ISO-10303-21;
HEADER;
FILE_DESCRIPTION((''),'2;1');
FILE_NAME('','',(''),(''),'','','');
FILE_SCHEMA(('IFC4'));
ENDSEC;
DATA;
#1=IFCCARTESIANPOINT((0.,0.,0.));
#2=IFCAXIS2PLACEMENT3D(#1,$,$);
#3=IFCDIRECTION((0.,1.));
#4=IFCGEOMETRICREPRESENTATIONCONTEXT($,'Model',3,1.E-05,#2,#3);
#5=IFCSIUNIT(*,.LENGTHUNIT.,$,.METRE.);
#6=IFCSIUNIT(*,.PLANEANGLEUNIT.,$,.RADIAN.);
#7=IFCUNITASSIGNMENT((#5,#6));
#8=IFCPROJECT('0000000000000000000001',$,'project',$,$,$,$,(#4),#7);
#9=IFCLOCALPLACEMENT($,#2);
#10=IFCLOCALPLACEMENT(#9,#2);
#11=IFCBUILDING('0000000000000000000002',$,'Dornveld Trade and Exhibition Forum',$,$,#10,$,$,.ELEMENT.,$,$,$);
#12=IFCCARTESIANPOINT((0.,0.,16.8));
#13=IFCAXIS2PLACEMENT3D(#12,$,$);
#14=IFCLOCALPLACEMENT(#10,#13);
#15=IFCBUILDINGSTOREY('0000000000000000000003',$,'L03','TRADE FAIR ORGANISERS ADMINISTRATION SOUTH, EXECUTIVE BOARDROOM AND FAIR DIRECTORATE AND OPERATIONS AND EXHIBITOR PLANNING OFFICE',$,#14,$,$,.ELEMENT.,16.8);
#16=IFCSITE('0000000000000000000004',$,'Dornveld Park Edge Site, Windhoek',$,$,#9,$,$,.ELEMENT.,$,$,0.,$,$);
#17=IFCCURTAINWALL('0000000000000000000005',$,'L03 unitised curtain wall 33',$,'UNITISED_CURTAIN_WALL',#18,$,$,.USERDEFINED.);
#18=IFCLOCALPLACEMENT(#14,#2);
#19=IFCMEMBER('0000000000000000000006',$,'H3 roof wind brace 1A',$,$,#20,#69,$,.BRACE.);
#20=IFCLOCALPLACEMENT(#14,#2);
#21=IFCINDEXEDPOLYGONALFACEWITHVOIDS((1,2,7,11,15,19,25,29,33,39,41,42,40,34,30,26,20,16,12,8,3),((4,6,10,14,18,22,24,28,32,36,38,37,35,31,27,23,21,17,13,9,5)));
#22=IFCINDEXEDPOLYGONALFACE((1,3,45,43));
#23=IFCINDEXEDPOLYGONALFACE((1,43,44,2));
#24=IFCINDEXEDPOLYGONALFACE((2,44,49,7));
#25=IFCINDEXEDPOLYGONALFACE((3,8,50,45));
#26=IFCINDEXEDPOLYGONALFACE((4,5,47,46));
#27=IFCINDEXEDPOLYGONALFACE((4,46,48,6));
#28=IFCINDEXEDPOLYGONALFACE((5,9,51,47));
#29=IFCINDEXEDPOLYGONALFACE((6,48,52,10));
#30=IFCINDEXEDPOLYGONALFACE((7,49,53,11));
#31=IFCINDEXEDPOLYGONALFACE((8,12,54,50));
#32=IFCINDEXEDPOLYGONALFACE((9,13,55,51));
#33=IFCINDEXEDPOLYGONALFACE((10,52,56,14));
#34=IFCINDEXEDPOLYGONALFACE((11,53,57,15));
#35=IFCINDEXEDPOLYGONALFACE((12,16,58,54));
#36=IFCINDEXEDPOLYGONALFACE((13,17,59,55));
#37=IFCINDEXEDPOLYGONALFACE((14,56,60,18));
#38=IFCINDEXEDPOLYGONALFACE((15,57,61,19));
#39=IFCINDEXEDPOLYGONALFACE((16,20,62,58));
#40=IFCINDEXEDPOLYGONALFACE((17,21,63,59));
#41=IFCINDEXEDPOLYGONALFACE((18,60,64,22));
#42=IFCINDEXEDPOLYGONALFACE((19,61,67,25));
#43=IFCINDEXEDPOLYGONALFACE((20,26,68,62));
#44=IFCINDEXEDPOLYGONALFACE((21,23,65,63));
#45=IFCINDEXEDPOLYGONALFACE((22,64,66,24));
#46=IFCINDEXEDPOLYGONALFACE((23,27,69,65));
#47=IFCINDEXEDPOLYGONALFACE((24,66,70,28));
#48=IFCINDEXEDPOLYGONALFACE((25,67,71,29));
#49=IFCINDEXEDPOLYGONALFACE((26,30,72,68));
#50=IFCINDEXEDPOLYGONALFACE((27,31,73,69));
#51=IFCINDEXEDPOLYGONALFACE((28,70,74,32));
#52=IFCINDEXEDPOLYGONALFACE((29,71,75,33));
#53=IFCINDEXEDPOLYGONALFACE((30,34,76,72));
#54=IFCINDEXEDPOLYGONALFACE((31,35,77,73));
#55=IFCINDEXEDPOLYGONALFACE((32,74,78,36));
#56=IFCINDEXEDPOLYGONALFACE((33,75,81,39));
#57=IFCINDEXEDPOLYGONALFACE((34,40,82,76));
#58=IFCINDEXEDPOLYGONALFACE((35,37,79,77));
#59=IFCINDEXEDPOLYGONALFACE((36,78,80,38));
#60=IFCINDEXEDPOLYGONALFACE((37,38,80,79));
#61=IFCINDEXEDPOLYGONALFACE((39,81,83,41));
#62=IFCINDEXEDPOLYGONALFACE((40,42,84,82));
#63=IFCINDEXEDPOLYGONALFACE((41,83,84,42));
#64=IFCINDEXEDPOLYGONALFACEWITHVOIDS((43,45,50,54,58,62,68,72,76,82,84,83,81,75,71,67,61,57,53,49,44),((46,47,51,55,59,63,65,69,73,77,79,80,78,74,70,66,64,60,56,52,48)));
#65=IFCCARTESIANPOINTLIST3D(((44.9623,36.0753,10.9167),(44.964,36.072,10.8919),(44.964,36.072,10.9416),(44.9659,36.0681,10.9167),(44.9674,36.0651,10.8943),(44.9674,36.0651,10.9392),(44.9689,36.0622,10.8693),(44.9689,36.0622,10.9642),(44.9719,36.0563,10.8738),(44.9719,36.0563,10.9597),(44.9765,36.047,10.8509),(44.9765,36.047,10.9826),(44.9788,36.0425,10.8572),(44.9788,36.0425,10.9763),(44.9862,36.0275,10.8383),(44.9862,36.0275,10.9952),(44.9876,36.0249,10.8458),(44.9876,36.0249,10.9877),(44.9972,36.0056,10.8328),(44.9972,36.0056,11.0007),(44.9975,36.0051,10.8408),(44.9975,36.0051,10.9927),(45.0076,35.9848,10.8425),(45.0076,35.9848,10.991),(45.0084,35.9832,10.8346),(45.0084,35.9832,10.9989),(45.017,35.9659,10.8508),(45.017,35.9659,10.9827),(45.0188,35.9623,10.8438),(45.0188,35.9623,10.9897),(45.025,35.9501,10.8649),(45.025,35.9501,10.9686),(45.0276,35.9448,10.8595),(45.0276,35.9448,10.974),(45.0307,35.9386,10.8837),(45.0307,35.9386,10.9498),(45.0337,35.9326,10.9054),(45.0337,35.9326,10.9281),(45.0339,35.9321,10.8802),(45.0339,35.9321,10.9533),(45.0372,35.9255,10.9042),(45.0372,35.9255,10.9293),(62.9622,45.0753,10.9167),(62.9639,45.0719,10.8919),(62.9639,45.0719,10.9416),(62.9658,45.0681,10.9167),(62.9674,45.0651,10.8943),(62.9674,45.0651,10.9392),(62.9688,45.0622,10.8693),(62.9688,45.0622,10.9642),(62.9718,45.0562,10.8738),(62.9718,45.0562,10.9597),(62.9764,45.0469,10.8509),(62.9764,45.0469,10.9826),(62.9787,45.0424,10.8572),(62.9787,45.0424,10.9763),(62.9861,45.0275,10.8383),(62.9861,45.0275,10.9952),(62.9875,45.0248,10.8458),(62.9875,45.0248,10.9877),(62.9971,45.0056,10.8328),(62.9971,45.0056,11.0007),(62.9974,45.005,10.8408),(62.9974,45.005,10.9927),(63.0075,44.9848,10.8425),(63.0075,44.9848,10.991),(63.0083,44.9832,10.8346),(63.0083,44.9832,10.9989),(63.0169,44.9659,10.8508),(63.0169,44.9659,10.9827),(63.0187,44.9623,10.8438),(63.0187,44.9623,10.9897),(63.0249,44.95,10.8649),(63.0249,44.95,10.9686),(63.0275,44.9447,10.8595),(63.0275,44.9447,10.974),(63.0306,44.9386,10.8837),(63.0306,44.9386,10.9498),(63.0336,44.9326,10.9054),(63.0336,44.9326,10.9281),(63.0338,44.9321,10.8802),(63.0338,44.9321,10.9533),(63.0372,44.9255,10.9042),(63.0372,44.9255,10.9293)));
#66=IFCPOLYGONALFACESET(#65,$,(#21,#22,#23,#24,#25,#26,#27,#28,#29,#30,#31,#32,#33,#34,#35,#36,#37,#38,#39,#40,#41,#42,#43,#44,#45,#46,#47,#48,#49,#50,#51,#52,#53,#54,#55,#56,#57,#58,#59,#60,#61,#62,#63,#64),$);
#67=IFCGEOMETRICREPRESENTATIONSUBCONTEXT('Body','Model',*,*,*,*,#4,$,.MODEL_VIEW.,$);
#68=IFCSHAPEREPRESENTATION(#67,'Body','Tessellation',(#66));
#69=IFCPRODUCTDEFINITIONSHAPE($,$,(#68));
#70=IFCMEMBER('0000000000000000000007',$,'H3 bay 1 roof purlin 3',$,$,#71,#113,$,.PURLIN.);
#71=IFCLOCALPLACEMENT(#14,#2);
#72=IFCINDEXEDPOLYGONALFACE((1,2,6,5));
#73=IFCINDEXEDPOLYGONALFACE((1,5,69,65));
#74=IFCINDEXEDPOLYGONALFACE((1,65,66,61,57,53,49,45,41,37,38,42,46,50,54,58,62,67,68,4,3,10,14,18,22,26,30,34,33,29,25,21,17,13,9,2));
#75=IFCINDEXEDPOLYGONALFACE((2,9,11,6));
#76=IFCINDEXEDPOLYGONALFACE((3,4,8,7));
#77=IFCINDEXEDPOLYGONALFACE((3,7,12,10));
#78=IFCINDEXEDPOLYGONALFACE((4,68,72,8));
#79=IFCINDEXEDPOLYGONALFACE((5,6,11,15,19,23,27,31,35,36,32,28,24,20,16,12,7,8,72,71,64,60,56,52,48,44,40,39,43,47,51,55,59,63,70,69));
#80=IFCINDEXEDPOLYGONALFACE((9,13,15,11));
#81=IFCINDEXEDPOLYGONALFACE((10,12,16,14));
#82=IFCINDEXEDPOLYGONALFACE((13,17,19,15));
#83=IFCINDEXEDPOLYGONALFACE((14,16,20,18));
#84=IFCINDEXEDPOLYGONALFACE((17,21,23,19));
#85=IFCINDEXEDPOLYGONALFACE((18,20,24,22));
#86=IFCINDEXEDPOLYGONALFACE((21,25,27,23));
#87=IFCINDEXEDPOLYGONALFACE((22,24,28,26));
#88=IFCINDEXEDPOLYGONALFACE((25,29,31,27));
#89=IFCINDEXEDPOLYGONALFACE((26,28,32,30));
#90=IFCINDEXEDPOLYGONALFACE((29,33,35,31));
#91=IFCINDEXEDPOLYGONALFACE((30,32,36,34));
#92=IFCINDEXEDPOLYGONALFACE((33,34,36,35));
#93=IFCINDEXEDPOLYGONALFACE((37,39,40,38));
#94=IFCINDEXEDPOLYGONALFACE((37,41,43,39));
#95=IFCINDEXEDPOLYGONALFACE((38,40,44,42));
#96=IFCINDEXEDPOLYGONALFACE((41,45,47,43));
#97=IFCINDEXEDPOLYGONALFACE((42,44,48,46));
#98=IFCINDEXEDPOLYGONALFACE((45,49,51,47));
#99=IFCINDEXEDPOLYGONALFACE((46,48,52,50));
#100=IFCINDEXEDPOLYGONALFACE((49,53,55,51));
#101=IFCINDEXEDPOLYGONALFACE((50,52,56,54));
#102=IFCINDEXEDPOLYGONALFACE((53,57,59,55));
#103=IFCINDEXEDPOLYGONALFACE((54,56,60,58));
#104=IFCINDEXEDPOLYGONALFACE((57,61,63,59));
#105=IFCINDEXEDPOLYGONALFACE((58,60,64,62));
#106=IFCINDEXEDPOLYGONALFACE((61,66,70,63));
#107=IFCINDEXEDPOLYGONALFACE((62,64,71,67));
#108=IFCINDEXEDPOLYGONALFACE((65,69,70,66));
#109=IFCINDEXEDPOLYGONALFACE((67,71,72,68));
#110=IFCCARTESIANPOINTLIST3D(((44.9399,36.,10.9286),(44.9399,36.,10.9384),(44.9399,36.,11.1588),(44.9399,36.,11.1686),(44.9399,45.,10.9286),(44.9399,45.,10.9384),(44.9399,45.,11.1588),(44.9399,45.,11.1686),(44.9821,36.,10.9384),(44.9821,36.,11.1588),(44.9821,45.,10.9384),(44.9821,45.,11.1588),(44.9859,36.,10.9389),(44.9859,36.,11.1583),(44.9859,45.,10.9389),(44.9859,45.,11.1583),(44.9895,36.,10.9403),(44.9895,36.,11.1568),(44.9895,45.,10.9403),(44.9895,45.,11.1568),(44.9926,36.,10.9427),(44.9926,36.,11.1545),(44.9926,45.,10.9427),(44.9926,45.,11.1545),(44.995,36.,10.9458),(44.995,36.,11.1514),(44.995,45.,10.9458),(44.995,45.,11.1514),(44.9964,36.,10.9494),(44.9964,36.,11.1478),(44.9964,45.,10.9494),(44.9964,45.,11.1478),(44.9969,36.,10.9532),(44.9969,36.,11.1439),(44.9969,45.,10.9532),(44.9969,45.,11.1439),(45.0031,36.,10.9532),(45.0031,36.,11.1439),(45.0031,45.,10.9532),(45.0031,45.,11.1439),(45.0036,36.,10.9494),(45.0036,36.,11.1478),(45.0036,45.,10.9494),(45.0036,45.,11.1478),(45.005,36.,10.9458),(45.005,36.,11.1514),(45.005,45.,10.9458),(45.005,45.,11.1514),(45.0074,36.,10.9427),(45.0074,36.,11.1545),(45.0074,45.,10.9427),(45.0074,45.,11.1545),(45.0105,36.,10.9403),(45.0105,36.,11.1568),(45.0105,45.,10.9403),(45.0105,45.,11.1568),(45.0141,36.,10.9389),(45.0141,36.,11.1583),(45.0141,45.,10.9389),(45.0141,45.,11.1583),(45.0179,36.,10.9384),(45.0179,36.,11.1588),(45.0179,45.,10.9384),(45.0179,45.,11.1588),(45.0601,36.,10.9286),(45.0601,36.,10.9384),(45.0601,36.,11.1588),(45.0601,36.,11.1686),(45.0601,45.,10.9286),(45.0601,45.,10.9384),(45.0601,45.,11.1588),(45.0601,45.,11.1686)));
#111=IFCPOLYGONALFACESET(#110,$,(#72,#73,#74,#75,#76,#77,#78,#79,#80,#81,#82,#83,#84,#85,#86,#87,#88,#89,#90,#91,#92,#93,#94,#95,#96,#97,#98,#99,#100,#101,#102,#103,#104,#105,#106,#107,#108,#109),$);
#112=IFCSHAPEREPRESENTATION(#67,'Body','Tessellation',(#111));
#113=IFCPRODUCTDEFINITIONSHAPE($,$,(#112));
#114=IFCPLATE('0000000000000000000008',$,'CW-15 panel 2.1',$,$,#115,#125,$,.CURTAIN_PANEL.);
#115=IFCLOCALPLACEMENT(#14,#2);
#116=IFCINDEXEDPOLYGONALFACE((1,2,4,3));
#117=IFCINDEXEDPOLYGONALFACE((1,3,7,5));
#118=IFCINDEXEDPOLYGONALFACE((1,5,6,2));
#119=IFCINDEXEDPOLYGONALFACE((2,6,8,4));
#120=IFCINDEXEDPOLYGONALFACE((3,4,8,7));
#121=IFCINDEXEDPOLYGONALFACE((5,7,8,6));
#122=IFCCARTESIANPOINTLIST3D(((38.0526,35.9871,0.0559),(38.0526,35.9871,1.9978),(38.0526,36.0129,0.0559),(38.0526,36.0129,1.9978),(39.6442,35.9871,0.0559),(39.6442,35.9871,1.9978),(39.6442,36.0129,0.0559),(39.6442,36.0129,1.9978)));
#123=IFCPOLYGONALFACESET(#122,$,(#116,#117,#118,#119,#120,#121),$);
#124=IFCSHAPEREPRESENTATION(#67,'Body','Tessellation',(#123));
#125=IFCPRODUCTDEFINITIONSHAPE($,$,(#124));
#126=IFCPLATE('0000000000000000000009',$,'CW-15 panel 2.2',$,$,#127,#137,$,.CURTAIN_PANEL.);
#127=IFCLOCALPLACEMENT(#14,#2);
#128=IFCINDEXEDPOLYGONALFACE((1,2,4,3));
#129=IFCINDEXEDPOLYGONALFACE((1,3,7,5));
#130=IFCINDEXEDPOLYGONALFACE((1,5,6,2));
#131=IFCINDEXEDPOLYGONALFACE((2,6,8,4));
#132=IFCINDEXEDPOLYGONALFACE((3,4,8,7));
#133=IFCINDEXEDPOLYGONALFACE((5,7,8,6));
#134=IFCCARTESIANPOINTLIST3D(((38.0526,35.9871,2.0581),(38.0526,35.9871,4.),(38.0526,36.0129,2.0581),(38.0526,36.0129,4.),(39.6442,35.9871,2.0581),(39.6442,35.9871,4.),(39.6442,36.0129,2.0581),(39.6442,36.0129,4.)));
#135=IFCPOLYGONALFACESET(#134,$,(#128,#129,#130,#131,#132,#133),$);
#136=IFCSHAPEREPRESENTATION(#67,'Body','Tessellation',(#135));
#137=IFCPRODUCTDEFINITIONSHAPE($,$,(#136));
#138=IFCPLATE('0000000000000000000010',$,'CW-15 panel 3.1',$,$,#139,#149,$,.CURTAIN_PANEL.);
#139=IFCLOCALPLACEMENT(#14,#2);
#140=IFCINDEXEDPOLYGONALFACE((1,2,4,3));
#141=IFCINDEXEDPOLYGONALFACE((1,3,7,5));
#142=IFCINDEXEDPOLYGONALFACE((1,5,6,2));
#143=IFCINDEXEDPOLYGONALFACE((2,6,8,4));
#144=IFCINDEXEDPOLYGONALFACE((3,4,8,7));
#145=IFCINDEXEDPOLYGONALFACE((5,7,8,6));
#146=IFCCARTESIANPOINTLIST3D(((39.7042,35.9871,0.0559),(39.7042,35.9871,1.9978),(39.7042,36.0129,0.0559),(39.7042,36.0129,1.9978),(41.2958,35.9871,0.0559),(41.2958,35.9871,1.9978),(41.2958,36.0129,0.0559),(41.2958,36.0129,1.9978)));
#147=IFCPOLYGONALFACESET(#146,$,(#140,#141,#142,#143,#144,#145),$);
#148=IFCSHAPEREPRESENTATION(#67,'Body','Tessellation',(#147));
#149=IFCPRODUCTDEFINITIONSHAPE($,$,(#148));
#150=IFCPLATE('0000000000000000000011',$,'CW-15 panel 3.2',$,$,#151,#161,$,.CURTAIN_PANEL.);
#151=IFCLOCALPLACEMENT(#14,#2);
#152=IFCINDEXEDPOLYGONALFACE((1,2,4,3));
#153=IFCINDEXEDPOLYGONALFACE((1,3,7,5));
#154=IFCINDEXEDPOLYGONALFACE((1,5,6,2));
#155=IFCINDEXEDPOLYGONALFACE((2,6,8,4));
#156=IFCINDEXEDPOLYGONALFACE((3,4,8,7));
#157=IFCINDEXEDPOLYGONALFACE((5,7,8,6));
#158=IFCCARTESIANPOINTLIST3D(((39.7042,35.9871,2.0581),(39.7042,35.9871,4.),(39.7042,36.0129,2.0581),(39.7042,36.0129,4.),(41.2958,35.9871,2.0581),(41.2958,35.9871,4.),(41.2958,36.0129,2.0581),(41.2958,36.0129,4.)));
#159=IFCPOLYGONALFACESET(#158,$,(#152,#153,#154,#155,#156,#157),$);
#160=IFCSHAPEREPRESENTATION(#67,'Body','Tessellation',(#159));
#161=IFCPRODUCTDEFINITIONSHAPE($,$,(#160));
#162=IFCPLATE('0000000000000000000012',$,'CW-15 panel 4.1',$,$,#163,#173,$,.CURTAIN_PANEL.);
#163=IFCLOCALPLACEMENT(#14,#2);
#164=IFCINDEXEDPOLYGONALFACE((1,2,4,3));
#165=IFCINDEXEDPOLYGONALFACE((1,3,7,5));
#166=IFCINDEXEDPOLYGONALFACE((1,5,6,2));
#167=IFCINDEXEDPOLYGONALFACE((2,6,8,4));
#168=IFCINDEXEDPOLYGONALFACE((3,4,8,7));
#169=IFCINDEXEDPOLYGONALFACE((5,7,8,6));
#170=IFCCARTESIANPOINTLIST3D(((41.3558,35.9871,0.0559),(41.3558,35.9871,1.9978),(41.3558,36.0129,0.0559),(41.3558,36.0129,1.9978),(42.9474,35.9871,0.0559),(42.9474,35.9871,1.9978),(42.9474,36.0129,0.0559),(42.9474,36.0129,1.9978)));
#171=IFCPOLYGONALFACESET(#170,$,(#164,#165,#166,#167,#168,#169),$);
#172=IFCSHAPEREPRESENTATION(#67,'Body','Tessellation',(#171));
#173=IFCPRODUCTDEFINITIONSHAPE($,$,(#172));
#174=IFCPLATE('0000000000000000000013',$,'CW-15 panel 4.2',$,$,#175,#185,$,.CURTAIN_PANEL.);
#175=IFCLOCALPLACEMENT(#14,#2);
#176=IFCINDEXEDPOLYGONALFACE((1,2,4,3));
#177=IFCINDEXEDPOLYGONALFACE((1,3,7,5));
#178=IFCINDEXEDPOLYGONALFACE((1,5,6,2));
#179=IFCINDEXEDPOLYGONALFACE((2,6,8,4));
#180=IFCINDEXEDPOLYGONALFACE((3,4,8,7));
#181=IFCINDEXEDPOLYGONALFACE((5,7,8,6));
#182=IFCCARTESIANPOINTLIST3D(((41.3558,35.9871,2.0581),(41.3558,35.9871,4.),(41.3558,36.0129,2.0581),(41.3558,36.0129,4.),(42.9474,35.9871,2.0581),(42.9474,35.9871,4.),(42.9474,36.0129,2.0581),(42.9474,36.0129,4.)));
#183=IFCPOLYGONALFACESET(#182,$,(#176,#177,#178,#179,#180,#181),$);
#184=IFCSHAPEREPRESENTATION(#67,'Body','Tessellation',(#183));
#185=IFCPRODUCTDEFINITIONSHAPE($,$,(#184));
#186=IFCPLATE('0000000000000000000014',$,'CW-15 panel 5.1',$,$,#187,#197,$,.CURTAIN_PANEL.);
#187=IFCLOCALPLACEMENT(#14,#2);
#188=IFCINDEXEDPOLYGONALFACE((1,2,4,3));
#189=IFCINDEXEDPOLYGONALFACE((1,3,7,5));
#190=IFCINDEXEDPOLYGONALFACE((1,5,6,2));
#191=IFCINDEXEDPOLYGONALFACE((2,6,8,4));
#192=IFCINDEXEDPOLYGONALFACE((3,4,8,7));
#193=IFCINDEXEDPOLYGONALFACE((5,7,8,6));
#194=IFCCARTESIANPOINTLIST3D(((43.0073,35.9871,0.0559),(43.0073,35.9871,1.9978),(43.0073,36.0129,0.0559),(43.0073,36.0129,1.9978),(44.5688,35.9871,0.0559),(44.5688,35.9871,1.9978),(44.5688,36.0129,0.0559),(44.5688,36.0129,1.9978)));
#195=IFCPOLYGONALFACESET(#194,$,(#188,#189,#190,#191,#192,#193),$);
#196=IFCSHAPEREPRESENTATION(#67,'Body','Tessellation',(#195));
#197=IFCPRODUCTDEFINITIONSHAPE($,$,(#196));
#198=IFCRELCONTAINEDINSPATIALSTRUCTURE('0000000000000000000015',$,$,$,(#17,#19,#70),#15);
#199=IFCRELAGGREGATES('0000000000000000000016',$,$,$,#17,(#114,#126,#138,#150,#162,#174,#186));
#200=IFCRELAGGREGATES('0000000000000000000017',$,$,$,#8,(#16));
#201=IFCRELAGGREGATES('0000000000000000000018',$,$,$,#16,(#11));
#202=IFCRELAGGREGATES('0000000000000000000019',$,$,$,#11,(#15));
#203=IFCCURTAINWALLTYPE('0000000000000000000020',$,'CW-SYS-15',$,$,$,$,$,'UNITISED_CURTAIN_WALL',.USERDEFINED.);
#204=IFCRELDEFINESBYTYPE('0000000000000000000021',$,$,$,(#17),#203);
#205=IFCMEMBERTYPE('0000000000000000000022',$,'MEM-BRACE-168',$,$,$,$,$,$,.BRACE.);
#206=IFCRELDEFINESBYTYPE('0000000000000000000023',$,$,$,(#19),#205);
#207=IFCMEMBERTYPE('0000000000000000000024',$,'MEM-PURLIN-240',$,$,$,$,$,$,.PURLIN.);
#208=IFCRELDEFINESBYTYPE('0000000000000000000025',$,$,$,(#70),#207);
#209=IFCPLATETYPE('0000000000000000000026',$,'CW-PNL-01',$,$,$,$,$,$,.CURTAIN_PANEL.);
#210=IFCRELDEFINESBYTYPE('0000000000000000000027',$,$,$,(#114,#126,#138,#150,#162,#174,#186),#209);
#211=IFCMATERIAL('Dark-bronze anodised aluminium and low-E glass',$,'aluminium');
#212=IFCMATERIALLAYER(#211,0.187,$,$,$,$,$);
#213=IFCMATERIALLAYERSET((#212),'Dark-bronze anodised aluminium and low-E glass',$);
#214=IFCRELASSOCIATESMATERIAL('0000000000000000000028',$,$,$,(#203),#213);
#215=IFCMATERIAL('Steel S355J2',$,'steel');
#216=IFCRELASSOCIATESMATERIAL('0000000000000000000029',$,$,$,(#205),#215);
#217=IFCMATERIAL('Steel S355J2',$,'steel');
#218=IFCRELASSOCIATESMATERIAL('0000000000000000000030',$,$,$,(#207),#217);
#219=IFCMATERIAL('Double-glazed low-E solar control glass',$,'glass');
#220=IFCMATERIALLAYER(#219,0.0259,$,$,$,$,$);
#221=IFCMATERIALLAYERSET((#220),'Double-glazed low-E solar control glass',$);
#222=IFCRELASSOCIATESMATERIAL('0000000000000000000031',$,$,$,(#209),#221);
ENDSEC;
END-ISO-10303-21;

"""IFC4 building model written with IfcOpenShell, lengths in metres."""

from ifc_helpers import new_model, si_unit, direction, frame, origin, origin_2d, place, context, subcontext, project, spatial, rectangle, hollow_circle, i_section, extrude, material, layer, layer_set, material_profile, profile_set, type_object, element, aggregate, save


model = new_model("IFC4")

# Units and contexts
model_context = context("Model", 3, precision=1e-05, world=origin(), true_north=direction((0.0, 1.0)))
body_context = subcontext(model_context, "Body", "Model", "MODEL_VIEW")
ifc_project = project(units=[si_unit("LENGTHUNIT", "METRE"), si_unit("PLANEANGLEUNIT", "RADIAN")], contexts=[model_context])

# Site, building, storey
site_placement = place(None, origin())
site = spatial("IfcSite", under=ifc_project, at=site_placement, Name="Dornveld Park Edge Site, Windhoek", CompositionType="ELEMENT", RefElevation=0.0)
building_placement = place(site_placement, origin())
building = spatial("IfcBuilding", under=site, at=building_placement, Name="Dornveld Trade and Exhibition Forum", CompositionType="ELEMENT")
storey_placement = place(building_placement, frame((0.0, 0.0, 16.8)))
storey = spatial("IfcBuildingStorey", under=building, at=storey_placement, Name="L03", Description="TRADE FAIR ORGANISERS ADMINISTRATION SOUTH, EXECUTIVE BOARDROOM AND FAIR DIRECTORATE AND OPERATIONS AND EXHIBITOR PLANNING OFFICE", CompositionType="ELEMENT", Elevation=16.8)

# Curtain wall
ifc_material_1 = material(Name="Dark-bronze anodised aluminium and low-E glass", Category="aluminium")
ifc_layer_1 = layer(ifc_material_1, 0.187)
ifc_layer_set_1 = layer_set([ifc_layer_1], Name="Dark-bronze anodised aluminium and low-E glass")
curtain_wall_type_1 = type_object("IfcCurtainWallType", Name="CW-SYS-15", ElementType="UNITISED_CURTAIN_WALL", PredefinedType="USERDEFINED", material=ifc_layer_set_1)
curtain_wall_1_placement = place(storey_placement, origin())
curtain_wall_1 = element("IfcCurtainWall", 1, at=curtain_wall_1_placement, inside=storey, type_object=curtain_wall_type_1, Name="L03 unitised curtain wall 33", ObjectType="UNITISED_CURTAIN_WALL", PredefinedType="USERDEFINED")

# Members
ifc_material_2 = material(Name="Steel S355J2", Category="steel")
ifc_material_profile_1 = material_profile(ifc_material_2, hollow_circle(Radius=0.0842, WallThickness=0.0081, at=origin_2d()), Name="CHS 168.3x8")
ifc_profile_set_1 = profile_set([ifc_material_profile_1], Name="Steel S355J2")
member_type_1 = type_object("IfcMemberType", Name="MEM-BRACE-168", PredefinedType="BRACE", material=ifc_profile_set_1)
member_1_placement = place(storey_placement, frame((45.0, 36.0, 10.9167), z_axis=(0.894427, 0.447214, 0.0), x_axis=(-0.447214, 0.894427, 0.0)))
element("IfcMember", 2, at=member_1_placement, inside=storey, type_object=member_type_1, Name="H3 roof wind brace 1A", PredefinedType="BRACE", context=body_context, shape_type="SweptSolid", body=[
    extrude(hollow_circle(Radius=0.0842, WallThickness=0.0081, at=origin_2d()), origin(), (0.0, 0.0, 1.0), 20.1245),
])
ifc_material_3 = material(Name="Steel S355J2", Category="steel")
ifc_material_profile_2 = material_profile(ifc_material_3, i_section(OverallWidth=0.1201, OverallDepth=0.24, WebThickness=0.0061, FlangeThickness=0.0098, FilletRadius=0.0149, at=origin_2d()), Name="IPE 240")
ifc_profile_set_2 = profile_set([ifc_material_profile_2], Name="Steel S355J2")
member_type_2 = type_object("IfcMemberType", Name="MEM-PURLIN-240", PredefinedType="PURLIN", material=ifc_profile_set_2)
member_2_placement = place(storey_placement, frame((45.0, 36.0, 11.0486), z_axis=(0.0, 1.0, 0.0), x_axis=(-1.0, 0.0, 0.0)))
element("IfcMember", 3, at=member_2_placement, inside=storey, type_object=member_type_2, Name="H3 bay 1 roof purlin 3", PredefinedType="PURLIN", context=body_context, shape_type="SweptSolid", body=[
    extrude(i_section(OverallWidth=0.1201, OverallDepth=0.24, WebThickness=0.0061, FlangeThickness=0.0098, FilletRadius=0.0149, at=origin_2d()), origin(), (0.0, 0.0, 1.0), 9.0),
])

# Plates
ifc_material_4 = material(Name="Double-glazed low-E solar control glass", Category="glass")
ifc_layer_2 = layer(ifc_material_4, 0.0259)
ifc_layer_set_2 = layer_set([ifc_layer_2], Name="Double-glazed low-E solar control glass")
plate_type = type_object("IfcPlateType", Name="CW-PNL-01", PredefinedType="CURTAIN_PANEL", material=ifc_layer_set_2)
plate_1_placement = place(storey_placement, frame((38.8484, 36.0, 0.0559), z_axis=(0.0, 0.0, 1.0), x_axis=(1.0, 0.0, 0.0)))
plate_1 = element("IfcPlate", 4, at=plate_1_placement, type_object=plate_type, Name="CW-15 panel 2.1", PredefinedType="CURTAIN_PANEL", context=body_context, shape_type="SweptSolid", body=[
    extrude(rectangle(XDim=1.5916, YDim=0.0259, at=origin_2d()), origin(), (0.0, 0.0, 1.0), 1.9419),
])
plate_2_placement = place(storey_placement, frame((38.8484, 36.0, 2.0581), z_axis=(0.0, 0.0, 1.0), x_axis=(1.0, 0.0, 0.0)))
plate_2 = element("IfcPlate", 5, at=plate_2_placement, type_object=plate_type, Name="CW-15 panel 2.2", PredefinedType="CURTAIN_PANEL", context=body_context, shape_type="SweptSolid", body=[
    extrude(rectangle(XDim=1.5916, YDim=0.0259, at=origin_2d()), origin(), (0.0, 0.0, 1.0), 1.9419),
])
plate_3_placement = place(storey_placement, frame((40.5, 36.0, 0.0559), z_axis=(0.0, 0.0, 1.0), x_axis=(1.0, 0.0, 0.0)))
plate_3 = element("IfcPlate", 6, at=plate_3_placement, type_object=plate_type, Name="CW-15 panel 3.1", PredefinedType="CURTAIN_PANEL", context=body_context, shape_type="SweptSolid", body=[
    extrude(rectangle(XDim=1.5916, YDim=0.0259, at=origin_2d()), origin(), (0.0, 0.0, 1.0), 1.9419),
])
plate_4_placement = place(storey_placement, frame((40.5, 36.0, 2.0581), z_axis=(0.0, 0.0, 1.0), x_axis=(1.0, 0.0, 0.0)))
plate_4 = element("IfcPlate", 7, at=plate_4_placement, type_object=plate_type, Name="CW-15 panel 3.2", PredefinedType="CURTAIN_PANEL", context=body_context, shape_type="SweptSolid", body=[
    extrude(rectangle(XDim=1.5916, YDim=0.0259, at=origin_2d()), origin(), (0.0, 0.0, 1.0), 1.9419),
])
plate_5_placement = place(storey_placement, frame((42.1516, 36.0, 0.0559), z_axis=(0.0, 0.0, 1.0), x_axis=(1.0, 0.0, 0.0)))
plate_5 = element("IfcPlate", 8, at=plate_5_placement, type_object=plate_type, Name="CW-15 panel 4.1", PredefinedType="CURTAIN_PANEL", context=body_context, shape_type="SweptSolid", body=[
    extrude(rectangle(XDim=1.5916, YDim=0.0259, at=origin_2d()), origin(), (0.0, 0.0, 1.0), 1.9419),
])
plate_6_placement = place(storey_placement, frame((42.1516, 36.0, 2.0581), z_axis=(0.0, 0.0, 1.0), x_axis=(1.0, 0.0, 0.0)))
plate_6 = element("IfcPlate", 9, at=plate_6_placement, type_object=plate_type, Name="CW-15 panel 4.2", PredefinedType="CURTAIN_PANEL", context=body_context, shape_type="SweptSolid", body=[
    extrude(rectangle(XDim=1.5916, YDim=0.0259, at=origin_2d()), origin(), (0.0, 0.0, 1.0), 1.9419),
])
plate_7_placement = place(storey_placement, frame((43.7881, 36.0, 0.0559), z_axis=(0.0, 0.0, 1.0), x_axis=(1.0, 0.0, 0.0)))
plate_7 = element("IfcPlate", 10, at=plate_7_placement, type_object=plate_type, Name="CW-15 panel 5.1", PredefinedType="CURTAIN_PANEL", context=body_context, shape_type="SweptSolid", body=[
    extrude(rectangle(XDim=1.5615, YDim=0.0259, at=origin_2d()), origin(), (0.0, 0.0, 1.0), 1.9419),
])
aggregate(curtain_wall_1, [plate_1, plate_2, plate_3, plate_4, plate_5, plate_6, plate_7])

save(model, "model.ifc")
